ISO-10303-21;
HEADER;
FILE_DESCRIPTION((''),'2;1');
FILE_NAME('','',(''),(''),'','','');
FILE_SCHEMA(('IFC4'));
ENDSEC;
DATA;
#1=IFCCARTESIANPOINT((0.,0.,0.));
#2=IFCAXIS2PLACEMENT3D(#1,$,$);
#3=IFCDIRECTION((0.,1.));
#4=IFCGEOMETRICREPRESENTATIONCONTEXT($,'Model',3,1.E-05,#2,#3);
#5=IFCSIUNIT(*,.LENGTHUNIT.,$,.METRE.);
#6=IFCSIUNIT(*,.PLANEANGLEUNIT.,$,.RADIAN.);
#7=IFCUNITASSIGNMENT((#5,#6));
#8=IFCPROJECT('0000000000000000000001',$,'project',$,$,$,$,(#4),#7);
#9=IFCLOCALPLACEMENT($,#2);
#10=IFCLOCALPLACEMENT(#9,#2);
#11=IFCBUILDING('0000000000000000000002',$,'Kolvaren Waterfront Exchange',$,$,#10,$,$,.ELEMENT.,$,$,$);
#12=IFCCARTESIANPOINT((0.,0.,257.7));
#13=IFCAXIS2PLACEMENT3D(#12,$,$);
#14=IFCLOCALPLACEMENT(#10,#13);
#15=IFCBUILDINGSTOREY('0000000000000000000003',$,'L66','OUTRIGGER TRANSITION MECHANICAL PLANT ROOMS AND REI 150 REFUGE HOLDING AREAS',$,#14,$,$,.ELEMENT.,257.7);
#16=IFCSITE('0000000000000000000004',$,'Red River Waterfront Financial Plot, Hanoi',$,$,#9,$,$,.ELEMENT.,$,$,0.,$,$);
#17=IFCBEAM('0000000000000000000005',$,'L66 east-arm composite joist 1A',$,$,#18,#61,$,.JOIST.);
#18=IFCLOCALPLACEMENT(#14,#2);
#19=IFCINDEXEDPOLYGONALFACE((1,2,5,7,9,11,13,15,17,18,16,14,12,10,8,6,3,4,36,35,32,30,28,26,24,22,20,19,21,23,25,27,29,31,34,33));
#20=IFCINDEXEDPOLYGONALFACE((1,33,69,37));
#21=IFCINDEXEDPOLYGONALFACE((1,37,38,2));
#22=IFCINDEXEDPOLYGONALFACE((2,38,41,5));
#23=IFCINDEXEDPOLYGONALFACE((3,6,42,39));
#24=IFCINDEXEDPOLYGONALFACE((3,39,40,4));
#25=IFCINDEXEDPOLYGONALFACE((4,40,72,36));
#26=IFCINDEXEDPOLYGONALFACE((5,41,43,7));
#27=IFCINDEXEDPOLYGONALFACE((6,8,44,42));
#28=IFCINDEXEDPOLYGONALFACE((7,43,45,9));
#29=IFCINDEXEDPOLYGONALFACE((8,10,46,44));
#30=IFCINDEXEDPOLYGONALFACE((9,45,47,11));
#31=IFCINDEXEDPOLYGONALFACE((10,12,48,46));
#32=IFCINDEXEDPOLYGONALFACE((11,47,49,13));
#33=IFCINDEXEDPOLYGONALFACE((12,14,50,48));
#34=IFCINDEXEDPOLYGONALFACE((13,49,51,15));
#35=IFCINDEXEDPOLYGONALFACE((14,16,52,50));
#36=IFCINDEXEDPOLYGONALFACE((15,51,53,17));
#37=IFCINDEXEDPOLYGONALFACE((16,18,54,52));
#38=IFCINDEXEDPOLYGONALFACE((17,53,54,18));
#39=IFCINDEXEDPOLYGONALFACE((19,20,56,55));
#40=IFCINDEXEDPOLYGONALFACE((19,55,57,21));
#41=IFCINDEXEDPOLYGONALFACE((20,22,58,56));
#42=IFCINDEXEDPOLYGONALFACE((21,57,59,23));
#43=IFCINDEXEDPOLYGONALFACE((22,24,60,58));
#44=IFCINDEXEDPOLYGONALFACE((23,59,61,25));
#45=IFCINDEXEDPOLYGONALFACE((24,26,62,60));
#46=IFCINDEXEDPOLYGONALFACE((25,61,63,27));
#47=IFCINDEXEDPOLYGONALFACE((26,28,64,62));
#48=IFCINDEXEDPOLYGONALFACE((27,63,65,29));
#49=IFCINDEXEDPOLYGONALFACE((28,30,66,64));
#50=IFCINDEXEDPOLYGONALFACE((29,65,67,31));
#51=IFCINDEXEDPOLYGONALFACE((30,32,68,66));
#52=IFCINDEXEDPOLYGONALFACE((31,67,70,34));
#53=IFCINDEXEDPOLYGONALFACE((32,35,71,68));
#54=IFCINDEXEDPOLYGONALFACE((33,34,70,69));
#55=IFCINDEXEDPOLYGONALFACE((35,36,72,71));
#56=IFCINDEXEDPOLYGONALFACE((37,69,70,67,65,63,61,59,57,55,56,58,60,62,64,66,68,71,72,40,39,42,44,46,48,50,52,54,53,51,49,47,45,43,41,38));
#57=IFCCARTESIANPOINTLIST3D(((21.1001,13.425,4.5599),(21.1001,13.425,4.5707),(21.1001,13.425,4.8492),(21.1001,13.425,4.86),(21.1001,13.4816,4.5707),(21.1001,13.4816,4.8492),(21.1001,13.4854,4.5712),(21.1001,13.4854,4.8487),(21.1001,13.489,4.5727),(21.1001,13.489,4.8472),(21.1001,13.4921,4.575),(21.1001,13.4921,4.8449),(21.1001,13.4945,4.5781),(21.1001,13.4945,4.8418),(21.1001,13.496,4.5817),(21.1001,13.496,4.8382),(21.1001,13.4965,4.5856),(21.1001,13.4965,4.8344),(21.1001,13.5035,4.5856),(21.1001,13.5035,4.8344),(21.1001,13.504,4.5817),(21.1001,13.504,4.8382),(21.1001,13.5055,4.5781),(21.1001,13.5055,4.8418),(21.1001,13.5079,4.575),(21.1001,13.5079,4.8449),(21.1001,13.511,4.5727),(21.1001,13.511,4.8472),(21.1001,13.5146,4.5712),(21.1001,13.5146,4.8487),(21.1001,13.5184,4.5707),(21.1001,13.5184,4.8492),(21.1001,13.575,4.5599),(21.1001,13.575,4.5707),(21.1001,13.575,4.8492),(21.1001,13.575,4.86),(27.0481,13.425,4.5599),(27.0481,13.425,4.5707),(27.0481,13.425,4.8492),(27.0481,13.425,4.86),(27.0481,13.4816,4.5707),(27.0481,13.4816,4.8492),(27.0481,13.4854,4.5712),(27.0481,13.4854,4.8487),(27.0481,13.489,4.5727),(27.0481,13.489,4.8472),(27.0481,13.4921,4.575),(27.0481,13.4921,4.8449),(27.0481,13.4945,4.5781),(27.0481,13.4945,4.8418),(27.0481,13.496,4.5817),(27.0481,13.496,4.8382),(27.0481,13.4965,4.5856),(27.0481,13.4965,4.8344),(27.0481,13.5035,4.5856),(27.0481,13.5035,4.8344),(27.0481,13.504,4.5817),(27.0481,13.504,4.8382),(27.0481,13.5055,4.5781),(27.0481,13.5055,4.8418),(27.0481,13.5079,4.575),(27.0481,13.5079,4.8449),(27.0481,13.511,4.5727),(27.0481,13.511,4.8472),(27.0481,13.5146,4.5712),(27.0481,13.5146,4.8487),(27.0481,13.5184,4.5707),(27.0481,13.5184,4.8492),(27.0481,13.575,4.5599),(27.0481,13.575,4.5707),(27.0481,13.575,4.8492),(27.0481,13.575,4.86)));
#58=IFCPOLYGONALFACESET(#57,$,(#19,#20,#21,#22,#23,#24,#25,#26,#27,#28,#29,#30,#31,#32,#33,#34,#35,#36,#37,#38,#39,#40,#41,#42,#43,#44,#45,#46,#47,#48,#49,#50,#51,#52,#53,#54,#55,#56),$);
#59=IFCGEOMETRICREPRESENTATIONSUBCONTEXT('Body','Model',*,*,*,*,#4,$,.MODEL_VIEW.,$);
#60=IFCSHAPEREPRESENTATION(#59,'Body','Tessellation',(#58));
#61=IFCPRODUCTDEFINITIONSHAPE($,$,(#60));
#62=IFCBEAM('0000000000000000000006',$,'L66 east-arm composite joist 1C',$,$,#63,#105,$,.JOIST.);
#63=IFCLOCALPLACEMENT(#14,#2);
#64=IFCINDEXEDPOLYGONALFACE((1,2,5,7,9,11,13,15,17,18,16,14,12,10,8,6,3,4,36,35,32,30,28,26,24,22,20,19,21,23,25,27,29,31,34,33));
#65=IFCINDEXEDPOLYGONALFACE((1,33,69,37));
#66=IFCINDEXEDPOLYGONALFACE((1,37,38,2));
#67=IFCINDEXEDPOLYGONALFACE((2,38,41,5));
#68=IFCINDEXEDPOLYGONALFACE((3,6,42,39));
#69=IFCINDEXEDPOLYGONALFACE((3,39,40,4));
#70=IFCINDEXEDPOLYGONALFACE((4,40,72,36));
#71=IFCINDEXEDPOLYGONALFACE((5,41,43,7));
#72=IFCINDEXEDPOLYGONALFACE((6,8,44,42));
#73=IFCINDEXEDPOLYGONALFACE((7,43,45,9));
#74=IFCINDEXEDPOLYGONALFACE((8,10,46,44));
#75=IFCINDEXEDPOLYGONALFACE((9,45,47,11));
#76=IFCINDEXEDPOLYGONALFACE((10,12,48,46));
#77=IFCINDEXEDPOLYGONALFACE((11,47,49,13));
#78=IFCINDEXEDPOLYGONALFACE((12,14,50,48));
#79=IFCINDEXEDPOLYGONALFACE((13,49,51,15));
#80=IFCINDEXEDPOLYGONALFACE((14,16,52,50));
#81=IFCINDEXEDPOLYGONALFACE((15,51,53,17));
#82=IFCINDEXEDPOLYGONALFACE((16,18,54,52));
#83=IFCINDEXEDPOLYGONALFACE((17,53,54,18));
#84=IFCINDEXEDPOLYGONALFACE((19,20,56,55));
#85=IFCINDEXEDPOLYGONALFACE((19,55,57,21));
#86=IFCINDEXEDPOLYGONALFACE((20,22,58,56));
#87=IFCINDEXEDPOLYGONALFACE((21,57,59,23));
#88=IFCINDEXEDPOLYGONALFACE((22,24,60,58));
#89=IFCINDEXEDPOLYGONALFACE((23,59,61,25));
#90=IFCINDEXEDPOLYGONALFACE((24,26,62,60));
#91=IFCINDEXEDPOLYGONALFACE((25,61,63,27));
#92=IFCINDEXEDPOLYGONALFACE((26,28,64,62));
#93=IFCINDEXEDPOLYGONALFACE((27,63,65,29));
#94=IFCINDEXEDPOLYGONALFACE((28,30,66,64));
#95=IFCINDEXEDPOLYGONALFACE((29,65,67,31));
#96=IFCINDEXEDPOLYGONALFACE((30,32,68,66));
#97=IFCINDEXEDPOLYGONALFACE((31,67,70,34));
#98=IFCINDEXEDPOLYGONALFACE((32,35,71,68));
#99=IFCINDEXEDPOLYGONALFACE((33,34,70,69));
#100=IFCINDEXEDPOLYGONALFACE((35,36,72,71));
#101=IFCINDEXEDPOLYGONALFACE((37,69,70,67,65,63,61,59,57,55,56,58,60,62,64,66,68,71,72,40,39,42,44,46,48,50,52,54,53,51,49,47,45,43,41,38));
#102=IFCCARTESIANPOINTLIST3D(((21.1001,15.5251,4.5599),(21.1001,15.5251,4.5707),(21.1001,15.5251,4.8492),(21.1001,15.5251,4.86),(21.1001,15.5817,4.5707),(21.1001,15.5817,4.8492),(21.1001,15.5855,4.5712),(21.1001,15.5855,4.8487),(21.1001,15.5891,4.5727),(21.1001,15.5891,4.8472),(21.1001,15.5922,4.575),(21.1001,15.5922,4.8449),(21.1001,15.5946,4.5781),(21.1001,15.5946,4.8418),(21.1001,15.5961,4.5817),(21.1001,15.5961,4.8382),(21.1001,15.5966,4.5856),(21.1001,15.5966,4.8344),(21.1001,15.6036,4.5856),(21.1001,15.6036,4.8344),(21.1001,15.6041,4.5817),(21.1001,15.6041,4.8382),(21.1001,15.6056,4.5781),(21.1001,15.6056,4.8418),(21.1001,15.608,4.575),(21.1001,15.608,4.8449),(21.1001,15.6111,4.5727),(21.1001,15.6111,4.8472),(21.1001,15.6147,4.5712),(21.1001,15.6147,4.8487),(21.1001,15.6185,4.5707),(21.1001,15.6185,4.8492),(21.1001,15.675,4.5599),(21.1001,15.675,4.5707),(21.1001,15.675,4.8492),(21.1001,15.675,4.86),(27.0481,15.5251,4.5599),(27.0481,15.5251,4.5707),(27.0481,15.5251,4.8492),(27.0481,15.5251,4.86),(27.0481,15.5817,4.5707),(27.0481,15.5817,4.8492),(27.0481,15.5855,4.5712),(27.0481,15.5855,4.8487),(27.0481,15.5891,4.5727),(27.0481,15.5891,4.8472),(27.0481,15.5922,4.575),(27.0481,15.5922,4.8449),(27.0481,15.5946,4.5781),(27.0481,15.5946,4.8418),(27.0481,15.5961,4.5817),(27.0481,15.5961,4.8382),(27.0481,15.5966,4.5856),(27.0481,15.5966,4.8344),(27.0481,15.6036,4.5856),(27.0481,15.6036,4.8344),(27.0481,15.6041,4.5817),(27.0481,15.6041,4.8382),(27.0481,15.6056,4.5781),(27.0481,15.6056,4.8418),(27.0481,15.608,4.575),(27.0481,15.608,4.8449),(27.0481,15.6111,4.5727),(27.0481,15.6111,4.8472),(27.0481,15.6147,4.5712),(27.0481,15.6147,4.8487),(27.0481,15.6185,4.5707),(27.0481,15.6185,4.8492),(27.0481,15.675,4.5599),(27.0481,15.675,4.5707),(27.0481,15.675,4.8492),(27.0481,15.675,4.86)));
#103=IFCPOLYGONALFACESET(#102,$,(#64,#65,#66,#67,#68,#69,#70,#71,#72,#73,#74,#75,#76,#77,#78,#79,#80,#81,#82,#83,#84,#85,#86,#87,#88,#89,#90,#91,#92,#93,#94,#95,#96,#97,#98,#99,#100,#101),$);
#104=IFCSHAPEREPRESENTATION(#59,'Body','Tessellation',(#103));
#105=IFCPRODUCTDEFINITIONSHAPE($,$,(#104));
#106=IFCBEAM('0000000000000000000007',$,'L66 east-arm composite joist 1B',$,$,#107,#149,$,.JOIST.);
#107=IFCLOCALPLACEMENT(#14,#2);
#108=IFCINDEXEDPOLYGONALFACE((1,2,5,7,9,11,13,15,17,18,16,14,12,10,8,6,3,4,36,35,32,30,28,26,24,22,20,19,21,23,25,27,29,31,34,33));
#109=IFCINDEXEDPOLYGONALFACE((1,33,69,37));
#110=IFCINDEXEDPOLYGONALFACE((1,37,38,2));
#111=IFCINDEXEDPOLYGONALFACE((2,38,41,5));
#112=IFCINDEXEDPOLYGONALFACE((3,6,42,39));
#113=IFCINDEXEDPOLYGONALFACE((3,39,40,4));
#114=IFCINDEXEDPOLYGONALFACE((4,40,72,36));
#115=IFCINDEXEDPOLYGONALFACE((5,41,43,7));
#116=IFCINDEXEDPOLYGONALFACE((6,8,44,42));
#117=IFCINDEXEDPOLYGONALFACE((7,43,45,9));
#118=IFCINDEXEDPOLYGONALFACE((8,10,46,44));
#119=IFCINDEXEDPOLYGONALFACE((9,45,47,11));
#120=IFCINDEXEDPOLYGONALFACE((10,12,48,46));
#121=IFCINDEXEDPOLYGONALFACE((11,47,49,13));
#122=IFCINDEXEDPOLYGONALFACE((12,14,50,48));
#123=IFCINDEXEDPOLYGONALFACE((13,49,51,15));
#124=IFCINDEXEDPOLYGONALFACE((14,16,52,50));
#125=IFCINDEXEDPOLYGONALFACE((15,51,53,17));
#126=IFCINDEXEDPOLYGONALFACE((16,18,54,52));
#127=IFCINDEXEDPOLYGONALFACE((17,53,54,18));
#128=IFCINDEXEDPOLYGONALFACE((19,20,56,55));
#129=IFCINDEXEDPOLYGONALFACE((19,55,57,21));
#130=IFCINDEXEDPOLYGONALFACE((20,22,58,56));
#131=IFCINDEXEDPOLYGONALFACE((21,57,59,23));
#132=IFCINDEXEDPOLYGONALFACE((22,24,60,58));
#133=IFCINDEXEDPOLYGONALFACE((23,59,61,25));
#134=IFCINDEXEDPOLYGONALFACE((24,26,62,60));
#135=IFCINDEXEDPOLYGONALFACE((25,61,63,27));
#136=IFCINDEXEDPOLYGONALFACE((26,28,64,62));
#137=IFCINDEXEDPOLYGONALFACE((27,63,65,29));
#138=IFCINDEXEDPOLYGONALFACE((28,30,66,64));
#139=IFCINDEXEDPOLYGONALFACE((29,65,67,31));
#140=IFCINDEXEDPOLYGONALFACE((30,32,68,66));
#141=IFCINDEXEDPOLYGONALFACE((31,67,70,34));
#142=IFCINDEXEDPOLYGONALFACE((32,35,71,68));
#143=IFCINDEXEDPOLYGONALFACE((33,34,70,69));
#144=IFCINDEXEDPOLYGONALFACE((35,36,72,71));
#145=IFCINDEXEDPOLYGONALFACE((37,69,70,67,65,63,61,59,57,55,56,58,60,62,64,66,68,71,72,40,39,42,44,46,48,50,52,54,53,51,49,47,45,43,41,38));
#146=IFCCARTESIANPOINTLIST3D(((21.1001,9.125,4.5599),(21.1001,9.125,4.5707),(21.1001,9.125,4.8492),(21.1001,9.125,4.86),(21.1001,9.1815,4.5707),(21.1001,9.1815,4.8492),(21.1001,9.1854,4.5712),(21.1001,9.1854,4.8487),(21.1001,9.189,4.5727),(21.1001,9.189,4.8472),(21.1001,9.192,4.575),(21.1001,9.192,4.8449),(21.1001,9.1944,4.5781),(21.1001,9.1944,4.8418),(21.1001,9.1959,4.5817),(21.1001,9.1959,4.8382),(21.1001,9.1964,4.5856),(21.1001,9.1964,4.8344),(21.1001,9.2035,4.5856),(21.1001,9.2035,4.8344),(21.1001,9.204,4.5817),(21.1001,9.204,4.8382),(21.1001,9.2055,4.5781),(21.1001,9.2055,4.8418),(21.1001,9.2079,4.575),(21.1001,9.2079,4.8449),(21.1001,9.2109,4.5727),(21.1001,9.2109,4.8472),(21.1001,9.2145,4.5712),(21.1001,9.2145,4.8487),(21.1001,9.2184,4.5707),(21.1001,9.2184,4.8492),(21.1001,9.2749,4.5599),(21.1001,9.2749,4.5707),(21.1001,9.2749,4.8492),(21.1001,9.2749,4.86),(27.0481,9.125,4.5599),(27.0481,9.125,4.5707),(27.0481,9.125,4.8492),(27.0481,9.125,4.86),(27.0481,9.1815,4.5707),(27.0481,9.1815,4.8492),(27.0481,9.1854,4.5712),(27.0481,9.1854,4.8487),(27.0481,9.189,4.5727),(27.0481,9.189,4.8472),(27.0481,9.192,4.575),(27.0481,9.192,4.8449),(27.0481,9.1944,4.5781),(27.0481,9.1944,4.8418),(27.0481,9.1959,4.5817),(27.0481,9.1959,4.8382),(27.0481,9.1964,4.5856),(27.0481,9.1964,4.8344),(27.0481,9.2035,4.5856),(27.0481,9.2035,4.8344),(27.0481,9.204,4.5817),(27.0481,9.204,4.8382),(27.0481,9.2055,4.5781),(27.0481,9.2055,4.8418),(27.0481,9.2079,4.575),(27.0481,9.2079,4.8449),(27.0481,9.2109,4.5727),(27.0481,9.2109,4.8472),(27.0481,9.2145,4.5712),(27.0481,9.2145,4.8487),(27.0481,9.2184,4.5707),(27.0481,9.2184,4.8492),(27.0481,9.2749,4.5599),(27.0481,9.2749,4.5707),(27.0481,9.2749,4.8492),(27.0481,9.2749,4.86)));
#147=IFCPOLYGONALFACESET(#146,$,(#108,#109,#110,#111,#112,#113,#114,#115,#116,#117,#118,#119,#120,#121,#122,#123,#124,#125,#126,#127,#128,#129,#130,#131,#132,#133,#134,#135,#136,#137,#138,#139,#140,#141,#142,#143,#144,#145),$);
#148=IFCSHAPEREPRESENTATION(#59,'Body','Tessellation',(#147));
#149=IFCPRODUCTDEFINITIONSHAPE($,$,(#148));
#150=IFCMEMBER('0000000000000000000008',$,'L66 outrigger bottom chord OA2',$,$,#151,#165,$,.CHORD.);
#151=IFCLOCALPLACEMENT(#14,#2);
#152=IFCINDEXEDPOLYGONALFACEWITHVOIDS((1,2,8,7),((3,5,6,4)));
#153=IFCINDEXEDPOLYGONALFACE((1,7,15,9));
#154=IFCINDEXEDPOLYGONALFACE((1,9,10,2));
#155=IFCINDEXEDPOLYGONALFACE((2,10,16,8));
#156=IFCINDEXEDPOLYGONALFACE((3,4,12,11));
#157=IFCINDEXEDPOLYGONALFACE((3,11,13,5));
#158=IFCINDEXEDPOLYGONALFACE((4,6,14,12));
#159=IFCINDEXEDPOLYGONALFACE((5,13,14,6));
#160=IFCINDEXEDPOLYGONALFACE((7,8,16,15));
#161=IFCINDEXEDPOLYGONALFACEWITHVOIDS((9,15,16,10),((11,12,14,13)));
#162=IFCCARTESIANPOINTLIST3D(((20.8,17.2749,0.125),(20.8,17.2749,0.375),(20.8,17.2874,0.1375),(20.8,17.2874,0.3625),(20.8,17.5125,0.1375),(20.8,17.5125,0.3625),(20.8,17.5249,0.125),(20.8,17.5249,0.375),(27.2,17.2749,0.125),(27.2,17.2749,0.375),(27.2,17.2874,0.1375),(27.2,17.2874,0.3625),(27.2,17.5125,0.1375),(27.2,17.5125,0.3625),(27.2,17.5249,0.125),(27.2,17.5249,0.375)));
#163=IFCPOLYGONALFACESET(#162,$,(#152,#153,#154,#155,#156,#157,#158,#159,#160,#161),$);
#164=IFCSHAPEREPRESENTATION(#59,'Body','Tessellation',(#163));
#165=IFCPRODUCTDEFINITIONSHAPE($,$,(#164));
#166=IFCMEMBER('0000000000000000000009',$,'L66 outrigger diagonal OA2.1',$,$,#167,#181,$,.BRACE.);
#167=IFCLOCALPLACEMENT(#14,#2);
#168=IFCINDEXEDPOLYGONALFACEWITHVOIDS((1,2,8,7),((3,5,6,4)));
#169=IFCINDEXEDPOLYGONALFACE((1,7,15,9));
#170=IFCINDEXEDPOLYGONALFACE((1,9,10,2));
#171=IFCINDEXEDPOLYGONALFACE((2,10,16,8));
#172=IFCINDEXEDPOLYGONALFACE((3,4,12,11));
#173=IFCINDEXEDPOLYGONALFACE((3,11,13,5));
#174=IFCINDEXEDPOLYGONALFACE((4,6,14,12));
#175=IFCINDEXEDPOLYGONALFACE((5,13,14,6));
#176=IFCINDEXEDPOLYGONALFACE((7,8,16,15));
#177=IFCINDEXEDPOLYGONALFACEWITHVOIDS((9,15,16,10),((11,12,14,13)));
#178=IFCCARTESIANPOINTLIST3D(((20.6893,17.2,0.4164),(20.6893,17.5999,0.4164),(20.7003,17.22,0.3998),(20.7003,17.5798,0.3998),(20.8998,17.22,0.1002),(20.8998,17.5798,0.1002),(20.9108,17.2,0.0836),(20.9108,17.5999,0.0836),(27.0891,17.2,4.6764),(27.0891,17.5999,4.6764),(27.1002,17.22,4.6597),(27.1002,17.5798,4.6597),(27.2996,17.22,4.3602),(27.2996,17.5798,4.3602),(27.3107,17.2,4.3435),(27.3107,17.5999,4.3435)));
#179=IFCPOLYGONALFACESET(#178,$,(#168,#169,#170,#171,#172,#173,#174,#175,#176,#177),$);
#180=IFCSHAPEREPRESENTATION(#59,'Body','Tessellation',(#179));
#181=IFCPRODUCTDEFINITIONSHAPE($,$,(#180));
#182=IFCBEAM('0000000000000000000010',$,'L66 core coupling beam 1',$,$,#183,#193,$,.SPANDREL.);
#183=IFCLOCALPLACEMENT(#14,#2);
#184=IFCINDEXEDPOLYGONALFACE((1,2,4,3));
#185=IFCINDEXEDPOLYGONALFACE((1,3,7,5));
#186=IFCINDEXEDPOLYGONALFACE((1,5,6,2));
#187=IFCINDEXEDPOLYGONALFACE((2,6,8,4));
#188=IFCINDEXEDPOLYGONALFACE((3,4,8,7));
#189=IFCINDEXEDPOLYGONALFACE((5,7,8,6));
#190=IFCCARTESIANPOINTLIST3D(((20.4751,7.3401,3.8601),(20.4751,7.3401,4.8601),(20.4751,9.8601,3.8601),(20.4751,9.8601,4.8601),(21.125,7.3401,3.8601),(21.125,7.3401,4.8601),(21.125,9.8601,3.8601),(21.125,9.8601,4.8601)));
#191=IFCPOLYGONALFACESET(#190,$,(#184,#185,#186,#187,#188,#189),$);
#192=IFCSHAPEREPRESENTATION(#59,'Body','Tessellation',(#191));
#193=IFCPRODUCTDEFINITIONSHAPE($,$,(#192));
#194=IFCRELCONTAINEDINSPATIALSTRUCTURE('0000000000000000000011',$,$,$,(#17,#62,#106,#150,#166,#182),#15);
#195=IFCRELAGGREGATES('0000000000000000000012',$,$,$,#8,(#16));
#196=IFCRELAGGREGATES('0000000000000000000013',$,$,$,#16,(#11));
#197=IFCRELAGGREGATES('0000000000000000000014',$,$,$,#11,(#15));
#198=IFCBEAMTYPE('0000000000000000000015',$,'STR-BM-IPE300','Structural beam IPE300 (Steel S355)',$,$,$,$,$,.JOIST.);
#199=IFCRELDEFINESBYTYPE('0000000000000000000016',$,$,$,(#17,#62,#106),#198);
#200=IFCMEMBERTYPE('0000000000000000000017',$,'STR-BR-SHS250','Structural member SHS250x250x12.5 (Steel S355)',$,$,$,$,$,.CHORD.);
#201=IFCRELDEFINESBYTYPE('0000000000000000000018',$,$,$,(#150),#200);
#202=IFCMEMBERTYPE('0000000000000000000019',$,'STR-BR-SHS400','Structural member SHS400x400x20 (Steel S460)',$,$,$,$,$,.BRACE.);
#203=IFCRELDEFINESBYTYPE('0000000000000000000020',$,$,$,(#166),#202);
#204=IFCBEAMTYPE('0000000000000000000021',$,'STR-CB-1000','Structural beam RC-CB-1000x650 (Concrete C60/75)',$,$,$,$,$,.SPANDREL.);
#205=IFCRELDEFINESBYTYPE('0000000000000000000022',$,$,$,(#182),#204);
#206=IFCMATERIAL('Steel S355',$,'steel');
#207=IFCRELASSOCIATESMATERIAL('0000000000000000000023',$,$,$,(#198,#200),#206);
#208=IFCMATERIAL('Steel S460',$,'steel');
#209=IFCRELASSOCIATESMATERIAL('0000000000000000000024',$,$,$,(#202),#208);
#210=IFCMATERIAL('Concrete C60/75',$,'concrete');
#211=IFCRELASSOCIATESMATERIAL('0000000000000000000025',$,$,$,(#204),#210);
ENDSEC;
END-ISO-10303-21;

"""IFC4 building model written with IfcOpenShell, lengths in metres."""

from ifc_helpers import new_model, si_unit, direction, frame, origin, origin_2d, place, context, subcontext, project, spatial, rectangle, hollow_rectangle, i_section, extrude, material, material_profile, profile_set, type_object, element, save


model = new_model("IFC4")

# Units and contexts
model_context = context("Model", 3, precision=1e-05, world=origin(), true_north=direction((0.0, 1.0)))
body_context = subcontext(model_context, "Body", "Model", "MODEL_VIEW")
ifc_project = project(units=[si_unit("LENGTHUNIT", "METRE"), si_unit("PLANEANGLEUNIT", "RADIAN")], contexts=[model_context])

# Site, building, storey
site_placement = place(None, origin())
site = spatial("IfcSite", under=ifc_project, at=site_placement, Name="Red River Waterfront Financial Plot, Hanoi", CompositionType="ELEMENT", RefElevation=0.0)
building_placement = place(site_placement, origin())
building = spatial("IfcBuilding", under=site, at=building_placement, Name="Kolvaren Waterfront Exchange", CompositionType="ELEMENT")
storey_placement = place(building_placement, frame((0.0, 0.0, 257.7)))
storey = spatial("IfcBuildingStorey", under=building, at=storey_placement, Name="L66", Description="OUTRIGGER TRANSITION MECHANICAL PLANT ROOMS AND REI 150 REFUGE HOLDING AREAS", CompositionType="ELEMENT", Elevation=257.7)

# Beams
ifc_material_1 = material(Name="Steel S355", Category="steel")
ifc_material_profile_1 = material_profile(ifc_material_1, i_section(OverallWidth=0.1499, OverallDepth=0.3, WebThickness=0.0071, FlangeThickness=0.0107, FilletRadius=0.0149, at=origin_2d()), Name="IPE300")
ifc_profile_set_1 = profile_set([ifc_material_profile_1], Name="Steel S355")
beam_type_1 = type_object("IfcBeamType", Name="STR-BM-IPE300", Description="Structural beam IPE300 (Steel S355)", PredefinedType="JOIST", material=ifc_profile_set_1)
for number, where, z_axis, x_axis, name in (
    (1, (21.1001, 13.5, 4.71), (1.0, 0.0, 0.0), (0.0, 1.0, 0.0), "L66 east-arm composite joist 1A"),
    (2, (21.1001, 15.6001, 4.71), (1.0, 0.0, 0.0), (0.0, 1.0, 0.0), "L66 east-arm composite joist 1C"),
    (3, (21.1001, 9.2, 4.71), (1.0, 0.0, 0.0), (0.0, 1.0, 0.0), "L66 east-arm composite joist 1B"),
):
    element("IfcBeam", number, at=place(storey_placement, frame(where, z_axis=z_axis, x_axis=x_axis)), inside=storey, type_object=beam_type_1, Name=name, PredefinedType="JOIST", context=body_context, shape_type="SweptSolid", body=[
        extrude(i_section(OverallWidth=0.1499, OverallDepth=0.3, WebThickness=0.0071, FlangeThickness=0.0107, FilletRadius=0.0149, at=origin_2d()), origin(), (0.0, 0.0, 1.0), 5.948),
    ])

# Members
ifc_material_profile_2 = material_profile(ifc_material_1, hollow_rectangle(XDim=0.25, YDim=0.25, WallThickness=0.0125, at=origin_2d()), Name="SHS250x250x12.5")
ifc_profile_set_2 = profile_set([ifc_material_profile_2], Name="Steel S355")
member_type_1 = type_object("IfcMemberType", Name="STR-BR-SHS250", Description="Structural member SHS250x250x12.5 (Steel S355)", PredefinedType="CHORD", material=ifc_profile_set_2)
member_1_placement = place(storey_placement, frame((20.8, 17.3999, 0.25), z_axis=(1.0, 0.0, 0.0), x_axis=(0.0, 1.0, 0.0)))
element("IfcMember", 4, at=member_1_placement, inside=storey, type_object=member_type_1, Name="L66 outrigger bottom chord OA2", PredefinedType="CHORD", context=body_context, shape_type="SweptSolid", body=[
    extrude(hollow_rectangle(XDim=0.25, YDim=0.25, WallThickness=0.0125, at=origin_2d()), origin(), (0.0, 0.0, 1.0), 6.3999),
])
ifc_material_2 = material(Name="Steel S460", Category="steel")
ifc_material_profile_3 = material_profile(ifc_material_2, hollow_rectangle(XDim=0.3999, YDim=0.3999, WallThickness=0.02, at=origin_2d()), Name="SHS400x400x20")
ifc_profile_set_3 = profile_set([ifc_material_profile_3], Name="Steel S460")
member_type_2 = type_object("IfcMemberType", Name="STR-BR-SHS400", Description="Structural member SHS400x400x20 (Steel S460)", PredefinedType="BRACE", material=ifc_profile_set_3)
member_2_placement = place(storey_placement, frame((20.8, 17.3999, 0.25), z_axis=(0.832446, 0.0, 0.554106), x_axis=(0.0, 1.0, 0.0)))
element("IfcMember", 5, at=member_2_placement, inside=storey, type_object=member_type_2, Name="L66 outrigger diagonal OA2.1", PredefinedType="BRACE", context=body_context, shape_type="SweptSolid", body=[
    extrude(hollow_rectangle(XDim=0.3999, YDim=0.3999, WallThickness=0.02, at=origin_2d()), origin(), (0.0, 0.0, 1.0), 7.688),
])

# Beam
ifc_material_3 = material(Name="Concrete C60/75", Category="concrete")
ifc_material_profile_4 = material_profile(ifc_material_3, rectangle(XDim=0.6499, YDim=1.0, at=origin_2d()), Name="RC-CB-1000x650")
ifc_profile_set_4 = profile_set([ifc_material_profile_4], Name="Concrete C60/75")
beam_type_2 = type_object("IfcBeamType", Name="STR-CB-1000", Description="Structural beam RC-CB-1000x650 (Concrete C60/75)", PredefinedType="SPANDREL", material=ifc_profile_set_4)
beam_1_placement = place(storey_placement, frame((20.8, 7.3401, 4.3601), z_axis=(0.0, 1.0, 0.0), x_axis=(-1.0, 0.0, 0.0)))
element("IfcBeam", 6, at=beam_1_placement, inside=storey, type_object=beam_type_2, Name="L66 core coupling beam 1", PredefinedType="SPANDREL", context=body_context, shape_type="SweptSolid", body=[
    extrude(rectangle(XDim=0.6499, YDim=1.0, at=origin_2d()), origin(), (0.0, 0.0, 1.0), 2.52),
])

save(model, "model.ifc")
